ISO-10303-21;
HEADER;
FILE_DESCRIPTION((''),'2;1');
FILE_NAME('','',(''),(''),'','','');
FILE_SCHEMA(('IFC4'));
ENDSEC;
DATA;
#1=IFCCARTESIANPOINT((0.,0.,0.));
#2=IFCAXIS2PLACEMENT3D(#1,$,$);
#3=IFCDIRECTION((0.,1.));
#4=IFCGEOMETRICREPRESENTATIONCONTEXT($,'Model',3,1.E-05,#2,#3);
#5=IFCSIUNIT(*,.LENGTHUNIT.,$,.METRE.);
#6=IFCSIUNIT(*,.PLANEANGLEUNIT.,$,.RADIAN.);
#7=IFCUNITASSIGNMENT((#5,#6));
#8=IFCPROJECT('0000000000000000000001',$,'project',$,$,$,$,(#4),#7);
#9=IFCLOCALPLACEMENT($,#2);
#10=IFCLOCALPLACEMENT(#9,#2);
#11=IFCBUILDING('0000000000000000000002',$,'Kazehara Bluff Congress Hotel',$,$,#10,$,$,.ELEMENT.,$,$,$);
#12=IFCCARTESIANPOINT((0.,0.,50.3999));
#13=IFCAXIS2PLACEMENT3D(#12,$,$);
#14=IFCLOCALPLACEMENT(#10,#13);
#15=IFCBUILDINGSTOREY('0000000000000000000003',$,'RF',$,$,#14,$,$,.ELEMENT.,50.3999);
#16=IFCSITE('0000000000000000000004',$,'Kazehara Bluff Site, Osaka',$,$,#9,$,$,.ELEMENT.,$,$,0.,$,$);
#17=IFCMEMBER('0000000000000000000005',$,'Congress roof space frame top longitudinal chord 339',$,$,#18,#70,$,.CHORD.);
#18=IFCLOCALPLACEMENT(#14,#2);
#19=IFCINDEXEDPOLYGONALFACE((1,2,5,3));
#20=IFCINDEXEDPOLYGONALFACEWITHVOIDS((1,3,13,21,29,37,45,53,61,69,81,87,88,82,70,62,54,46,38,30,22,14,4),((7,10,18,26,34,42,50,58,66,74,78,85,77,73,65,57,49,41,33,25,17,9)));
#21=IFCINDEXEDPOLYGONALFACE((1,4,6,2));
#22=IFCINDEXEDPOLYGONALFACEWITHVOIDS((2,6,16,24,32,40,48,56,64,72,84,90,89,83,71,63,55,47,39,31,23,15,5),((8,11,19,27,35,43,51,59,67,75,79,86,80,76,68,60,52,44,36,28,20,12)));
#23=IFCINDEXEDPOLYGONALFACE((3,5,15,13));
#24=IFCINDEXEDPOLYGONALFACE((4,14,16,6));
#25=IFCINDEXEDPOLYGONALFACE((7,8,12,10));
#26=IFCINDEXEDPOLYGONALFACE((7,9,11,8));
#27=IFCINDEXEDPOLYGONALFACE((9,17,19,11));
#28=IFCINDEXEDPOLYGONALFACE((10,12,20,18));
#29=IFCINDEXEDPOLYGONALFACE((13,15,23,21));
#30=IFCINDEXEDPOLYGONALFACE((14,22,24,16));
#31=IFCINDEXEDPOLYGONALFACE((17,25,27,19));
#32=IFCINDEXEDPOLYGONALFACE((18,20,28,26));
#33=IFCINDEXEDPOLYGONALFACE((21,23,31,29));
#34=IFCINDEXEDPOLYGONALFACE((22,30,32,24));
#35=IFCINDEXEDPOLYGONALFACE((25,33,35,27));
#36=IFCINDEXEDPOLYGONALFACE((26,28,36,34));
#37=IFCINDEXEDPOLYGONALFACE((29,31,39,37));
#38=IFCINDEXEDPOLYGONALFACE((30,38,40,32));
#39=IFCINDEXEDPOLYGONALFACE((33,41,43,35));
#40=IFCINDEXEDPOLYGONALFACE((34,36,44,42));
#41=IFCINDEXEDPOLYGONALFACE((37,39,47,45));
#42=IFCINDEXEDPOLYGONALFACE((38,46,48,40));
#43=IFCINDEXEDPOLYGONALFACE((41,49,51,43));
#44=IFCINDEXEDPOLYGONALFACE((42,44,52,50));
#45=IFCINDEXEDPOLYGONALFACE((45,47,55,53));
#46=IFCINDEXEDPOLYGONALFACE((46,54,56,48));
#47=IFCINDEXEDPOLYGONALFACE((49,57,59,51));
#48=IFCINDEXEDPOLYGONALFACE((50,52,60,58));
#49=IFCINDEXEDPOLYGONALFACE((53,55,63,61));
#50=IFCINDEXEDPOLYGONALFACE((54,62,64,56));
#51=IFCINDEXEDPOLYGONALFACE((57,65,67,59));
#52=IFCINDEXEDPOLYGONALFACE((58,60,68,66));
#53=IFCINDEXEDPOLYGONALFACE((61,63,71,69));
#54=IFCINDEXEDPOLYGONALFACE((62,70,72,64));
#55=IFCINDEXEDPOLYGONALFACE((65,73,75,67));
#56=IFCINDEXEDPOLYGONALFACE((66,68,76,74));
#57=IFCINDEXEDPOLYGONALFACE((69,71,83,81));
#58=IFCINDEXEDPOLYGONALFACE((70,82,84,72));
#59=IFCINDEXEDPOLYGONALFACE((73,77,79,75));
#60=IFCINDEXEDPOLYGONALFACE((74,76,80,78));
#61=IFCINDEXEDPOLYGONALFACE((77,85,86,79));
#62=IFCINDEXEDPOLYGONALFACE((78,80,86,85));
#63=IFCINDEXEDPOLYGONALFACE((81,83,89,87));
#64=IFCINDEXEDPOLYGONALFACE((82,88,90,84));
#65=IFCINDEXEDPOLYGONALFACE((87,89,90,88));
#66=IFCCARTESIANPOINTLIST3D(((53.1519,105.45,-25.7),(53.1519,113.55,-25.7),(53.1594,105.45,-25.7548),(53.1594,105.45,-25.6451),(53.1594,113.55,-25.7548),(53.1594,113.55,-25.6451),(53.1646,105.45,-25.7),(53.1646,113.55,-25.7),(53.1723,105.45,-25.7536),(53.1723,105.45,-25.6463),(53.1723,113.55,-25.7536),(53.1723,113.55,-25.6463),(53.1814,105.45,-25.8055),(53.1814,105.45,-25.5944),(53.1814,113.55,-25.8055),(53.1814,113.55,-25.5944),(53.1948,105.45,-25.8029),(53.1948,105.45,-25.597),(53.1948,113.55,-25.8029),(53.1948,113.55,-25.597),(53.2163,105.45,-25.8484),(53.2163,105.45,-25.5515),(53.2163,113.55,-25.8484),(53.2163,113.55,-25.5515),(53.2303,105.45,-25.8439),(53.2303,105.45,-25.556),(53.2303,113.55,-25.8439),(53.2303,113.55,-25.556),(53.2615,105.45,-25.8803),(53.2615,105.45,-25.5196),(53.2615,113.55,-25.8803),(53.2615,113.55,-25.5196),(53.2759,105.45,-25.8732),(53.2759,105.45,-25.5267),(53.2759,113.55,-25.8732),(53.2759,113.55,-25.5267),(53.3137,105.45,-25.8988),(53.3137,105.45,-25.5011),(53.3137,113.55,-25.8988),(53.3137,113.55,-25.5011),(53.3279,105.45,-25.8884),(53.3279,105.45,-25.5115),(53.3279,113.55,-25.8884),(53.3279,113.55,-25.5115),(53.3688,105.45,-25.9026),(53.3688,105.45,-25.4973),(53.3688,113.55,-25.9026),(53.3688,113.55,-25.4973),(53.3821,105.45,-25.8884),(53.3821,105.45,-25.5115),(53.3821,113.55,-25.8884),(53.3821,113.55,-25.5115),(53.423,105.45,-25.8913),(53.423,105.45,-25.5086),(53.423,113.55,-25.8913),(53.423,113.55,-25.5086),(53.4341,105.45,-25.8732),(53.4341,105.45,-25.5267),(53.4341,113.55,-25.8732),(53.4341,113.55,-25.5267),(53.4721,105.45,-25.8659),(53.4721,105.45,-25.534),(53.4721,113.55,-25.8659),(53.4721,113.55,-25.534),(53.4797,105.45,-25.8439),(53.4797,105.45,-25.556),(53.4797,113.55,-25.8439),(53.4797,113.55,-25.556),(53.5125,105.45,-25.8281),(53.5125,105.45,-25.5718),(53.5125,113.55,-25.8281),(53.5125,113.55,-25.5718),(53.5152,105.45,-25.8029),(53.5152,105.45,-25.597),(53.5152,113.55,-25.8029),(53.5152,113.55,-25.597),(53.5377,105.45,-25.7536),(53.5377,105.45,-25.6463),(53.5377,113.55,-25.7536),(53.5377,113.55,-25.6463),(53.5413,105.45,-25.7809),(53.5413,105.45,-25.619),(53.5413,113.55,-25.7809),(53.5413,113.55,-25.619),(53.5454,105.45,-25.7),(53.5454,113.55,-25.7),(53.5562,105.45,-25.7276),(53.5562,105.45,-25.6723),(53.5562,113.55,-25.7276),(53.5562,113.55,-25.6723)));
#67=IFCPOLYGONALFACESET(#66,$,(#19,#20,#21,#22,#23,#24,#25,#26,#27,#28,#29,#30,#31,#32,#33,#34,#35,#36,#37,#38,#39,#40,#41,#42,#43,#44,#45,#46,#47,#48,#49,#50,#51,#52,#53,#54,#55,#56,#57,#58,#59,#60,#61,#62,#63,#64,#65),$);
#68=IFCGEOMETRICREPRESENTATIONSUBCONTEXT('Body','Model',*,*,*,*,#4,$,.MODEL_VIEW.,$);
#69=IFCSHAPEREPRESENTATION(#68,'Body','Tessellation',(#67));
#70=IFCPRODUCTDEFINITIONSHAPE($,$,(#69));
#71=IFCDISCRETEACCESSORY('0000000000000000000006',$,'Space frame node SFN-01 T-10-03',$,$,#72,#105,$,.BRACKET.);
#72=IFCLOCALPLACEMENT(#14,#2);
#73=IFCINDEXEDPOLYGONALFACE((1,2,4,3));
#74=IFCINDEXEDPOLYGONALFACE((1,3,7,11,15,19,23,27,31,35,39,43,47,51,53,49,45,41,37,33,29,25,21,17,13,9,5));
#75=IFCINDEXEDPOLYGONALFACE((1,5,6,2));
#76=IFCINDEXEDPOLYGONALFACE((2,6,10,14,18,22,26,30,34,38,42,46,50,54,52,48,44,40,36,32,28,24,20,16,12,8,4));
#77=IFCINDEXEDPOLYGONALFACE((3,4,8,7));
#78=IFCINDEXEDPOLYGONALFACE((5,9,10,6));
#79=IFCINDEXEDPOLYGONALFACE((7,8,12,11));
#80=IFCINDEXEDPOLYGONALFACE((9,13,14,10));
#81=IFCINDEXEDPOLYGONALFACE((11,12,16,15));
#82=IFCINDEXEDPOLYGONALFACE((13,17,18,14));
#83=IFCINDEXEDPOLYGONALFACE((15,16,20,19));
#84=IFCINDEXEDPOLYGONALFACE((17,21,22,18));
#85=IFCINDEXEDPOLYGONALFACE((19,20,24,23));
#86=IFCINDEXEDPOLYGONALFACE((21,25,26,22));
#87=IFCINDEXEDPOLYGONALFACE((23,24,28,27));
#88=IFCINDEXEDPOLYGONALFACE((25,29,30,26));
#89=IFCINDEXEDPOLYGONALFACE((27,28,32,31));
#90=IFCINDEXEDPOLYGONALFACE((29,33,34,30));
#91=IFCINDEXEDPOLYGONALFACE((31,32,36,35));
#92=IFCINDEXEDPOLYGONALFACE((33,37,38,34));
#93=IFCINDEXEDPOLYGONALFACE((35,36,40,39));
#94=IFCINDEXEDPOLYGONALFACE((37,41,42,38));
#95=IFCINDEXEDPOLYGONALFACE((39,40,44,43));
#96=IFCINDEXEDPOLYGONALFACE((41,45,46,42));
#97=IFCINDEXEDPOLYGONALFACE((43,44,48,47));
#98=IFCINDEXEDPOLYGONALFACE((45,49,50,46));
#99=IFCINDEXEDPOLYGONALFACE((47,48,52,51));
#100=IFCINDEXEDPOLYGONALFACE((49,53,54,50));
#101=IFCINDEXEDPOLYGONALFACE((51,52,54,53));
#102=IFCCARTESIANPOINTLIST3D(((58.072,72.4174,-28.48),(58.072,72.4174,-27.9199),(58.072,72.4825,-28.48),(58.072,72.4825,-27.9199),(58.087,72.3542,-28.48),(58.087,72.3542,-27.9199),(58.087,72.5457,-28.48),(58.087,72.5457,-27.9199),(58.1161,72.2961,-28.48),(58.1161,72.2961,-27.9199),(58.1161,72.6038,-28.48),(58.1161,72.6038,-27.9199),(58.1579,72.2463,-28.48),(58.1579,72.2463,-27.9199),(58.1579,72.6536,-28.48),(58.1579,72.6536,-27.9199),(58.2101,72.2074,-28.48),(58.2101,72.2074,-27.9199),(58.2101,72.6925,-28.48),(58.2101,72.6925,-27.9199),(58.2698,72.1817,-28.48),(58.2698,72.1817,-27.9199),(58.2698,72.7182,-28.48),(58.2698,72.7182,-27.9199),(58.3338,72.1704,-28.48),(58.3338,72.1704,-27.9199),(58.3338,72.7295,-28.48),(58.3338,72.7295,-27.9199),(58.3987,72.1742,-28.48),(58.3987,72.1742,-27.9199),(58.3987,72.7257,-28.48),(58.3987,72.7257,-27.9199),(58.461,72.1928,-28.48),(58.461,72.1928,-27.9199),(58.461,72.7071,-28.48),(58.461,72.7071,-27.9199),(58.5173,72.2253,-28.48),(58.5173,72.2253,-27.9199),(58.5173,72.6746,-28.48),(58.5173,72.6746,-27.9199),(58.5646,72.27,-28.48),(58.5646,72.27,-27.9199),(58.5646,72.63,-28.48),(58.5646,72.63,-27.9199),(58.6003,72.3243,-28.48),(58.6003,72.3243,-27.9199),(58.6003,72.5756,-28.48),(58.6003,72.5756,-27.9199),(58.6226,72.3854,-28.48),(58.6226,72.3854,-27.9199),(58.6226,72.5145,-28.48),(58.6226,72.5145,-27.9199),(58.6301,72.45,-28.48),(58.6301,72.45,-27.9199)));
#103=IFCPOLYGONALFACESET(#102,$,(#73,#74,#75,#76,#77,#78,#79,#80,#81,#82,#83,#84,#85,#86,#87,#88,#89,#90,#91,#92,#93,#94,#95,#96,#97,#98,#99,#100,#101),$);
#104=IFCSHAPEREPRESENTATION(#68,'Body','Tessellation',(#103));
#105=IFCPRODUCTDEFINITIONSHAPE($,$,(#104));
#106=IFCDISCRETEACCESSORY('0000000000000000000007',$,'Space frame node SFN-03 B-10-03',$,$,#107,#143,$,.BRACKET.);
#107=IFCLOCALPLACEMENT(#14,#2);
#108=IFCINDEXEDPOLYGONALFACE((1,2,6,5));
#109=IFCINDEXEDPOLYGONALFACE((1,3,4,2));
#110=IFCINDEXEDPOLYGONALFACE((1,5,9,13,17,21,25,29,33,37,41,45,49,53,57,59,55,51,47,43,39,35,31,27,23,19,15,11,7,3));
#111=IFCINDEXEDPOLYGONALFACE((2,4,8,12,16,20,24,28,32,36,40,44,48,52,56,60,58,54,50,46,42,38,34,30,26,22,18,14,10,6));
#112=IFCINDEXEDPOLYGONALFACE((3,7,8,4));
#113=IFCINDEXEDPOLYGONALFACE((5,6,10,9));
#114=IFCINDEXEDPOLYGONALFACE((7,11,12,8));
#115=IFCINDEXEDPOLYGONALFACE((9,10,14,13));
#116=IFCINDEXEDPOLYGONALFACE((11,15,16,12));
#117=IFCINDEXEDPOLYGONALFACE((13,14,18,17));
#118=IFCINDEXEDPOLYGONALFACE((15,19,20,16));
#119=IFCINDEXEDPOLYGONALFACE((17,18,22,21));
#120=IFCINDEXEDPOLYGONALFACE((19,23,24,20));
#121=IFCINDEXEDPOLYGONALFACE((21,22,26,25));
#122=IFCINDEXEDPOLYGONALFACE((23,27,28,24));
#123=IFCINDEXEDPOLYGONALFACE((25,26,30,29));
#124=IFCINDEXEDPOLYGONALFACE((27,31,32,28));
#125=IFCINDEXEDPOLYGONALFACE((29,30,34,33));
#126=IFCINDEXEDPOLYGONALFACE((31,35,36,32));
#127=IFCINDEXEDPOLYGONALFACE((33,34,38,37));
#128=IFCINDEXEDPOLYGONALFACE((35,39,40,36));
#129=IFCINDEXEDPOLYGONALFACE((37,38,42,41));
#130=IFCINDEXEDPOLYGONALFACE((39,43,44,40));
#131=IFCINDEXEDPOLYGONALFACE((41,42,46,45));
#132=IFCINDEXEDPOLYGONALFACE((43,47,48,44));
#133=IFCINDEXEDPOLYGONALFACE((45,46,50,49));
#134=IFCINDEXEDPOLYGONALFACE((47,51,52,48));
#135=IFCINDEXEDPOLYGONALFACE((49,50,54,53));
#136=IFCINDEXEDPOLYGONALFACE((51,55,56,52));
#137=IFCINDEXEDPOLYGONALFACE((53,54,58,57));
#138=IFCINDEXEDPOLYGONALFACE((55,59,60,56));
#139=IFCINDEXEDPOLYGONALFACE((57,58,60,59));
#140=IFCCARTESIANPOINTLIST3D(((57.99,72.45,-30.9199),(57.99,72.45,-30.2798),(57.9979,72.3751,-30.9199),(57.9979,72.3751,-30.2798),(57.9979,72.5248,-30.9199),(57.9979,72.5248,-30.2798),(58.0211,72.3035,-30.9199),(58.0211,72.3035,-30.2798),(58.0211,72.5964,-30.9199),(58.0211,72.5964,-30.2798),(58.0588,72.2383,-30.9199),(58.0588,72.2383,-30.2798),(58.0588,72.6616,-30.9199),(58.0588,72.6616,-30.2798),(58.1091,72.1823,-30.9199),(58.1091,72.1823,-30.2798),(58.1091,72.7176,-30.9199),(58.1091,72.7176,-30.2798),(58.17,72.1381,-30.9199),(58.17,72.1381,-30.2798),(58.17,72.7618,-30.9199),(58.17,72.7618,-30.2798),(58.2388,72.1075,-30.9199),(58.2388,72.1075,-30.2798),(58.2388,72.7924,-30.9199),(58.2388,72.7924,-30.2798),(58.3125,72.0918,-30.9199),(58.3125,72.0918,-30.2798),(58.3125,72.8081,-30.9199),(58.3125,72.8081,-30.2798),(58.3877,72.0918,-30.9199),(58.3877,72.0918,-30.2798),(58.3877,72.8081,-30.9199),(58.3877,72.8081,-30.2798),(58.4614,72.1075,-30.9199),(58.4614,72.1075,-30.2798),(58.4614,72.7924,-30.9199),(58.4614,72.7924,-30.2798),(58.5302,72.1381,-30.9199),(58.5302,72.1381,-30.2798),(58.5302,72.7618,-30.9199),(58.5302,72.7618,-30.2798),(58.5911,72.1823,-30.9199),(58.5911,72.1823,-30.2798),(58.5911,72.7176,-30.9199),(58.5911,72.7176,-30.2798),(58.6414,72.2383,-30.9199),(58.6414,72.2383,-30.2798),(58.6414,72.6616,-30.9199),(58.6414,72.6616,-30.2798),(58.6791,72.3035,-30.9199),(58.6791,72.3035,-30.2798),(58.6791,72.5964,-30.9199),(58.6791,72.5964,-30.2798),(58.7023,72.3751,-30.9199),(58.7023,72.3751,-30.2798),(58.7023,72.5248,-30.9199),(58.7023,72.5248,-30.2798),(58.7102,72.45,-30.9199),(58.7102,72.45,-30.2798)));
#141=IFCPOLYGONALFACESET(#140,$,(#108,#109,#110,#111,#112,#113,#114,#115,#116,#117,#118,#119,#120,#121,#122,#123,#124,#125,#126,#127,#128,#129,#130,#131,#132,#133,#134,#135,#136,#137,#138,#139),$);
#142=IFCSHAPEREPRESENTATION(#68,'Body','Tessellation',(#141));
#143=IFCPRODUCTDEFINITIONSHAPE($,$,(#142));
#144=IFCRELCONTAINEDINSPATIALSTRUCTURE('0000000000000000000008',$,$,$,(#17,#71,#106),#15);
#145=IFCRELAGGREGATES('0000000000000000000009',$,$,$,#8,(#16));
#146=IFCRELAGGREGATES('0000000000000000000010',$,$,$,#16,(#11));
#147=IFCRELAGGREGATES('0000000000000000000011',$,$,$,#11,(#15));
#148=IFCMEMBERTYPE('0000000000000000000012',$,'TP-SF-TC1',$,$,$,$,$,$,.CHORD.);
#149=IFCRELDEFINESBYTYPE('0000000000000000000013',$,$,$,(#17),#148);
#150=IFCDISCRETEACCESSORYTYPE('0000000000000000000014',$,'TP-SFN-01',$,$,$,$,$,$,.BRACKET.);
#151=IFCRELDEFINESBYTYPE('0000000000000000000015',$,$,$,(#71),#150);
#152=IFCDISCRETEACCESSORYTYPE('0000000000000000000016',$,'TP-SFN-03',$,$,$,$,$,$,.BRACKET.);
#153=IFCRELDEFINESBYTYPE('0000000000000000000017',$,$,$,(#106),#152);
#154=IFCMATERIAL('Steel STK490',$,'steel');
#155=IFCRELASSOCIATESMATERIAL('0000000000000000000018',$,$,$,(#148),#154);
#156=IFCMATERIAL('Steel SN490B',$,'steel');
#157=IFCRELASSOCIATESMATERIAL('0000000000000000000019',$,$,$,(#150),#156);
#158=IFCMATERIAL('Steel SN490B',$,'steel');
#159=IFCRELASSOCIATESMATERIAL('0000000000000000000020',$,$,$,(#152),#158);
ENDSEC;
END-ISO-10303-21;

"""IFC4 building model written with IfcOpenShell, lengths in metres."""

from ifc_helpers import new_model, si_unit, direction, frame, origin, origin_2d, place, context, subcontext, project, spatial, circle, hollow_circle, extrude, material, material_profile, profile_set, type_object, element, save


model = new_model("IFC4")

# Units and contexts
model_context = context("Model", 3, precision=1e-05, world=origin(), true_north=direction((0.0, 1.0)))
body_context = subcontext(model_context, "Body", "Model", "MODEL_VIEW")
ifc_project = project(units=[si_unit("LENGTHUNIT", "METRE"), si_unit("PLANEANGLEUNIT", "RADIAN")], contexts=[model_context])

# Site, building, storey
site_placement = place(None, origin())
site = spatial("IfcSite", under=ifc_project, at=site_placement, Name="Kazehara Bluff Site, Osaka", CompositionType="ELEMENT", RefElevation=0.0)
building_placement = place(site_placement, origin())
building = spatial("IfcBuilding", under=site, at=building_placement, Name="Kazehara Bluff Congress Hotel", CompositionType="ELEMENT")
storey_placement = place(building_placement, frame((0.0, 0.0, 50.3999)))
storey = spatial("IfcBuildingStorey", under=building, at=storey_placement, Name="RF", CompositionType="ELEMENT", Elevation=50.3999)

# Member
ifc_material_1 = material(Name="Steel STK490", Category="steel")
ifc_material_profile_1 = material_profile(ifc_material_1, hollow_circle(Radius=0.2031, WallThickness=0.0127, at=origin_2d()))
ifc_profile_set_1 = profile_set([ifc_material_profile_1], Name="Steel STK490")
member_type_1 = type_object("IfcMemberType", Name="TP-SF-TC1", PredefinedType="CHORD", material=ifc_profile_set_1)
member_1_placement = place(storey_placement, frame((53.355, 105.45, -25.7), z_axis=(0.0, 1.0, 0.0), x_axis=(-1.0, 0.0, 0.0)))
element("IfcMember", 1, at=member_1_placement, inside=storey, type_object=member_type_1, Name="Congress roof space frame top longitudinal chord 339", PredefinedType="CHORD", context=body_context, shape_type="SweptSolid", body=[
    extrude(hollow_circle(Radius=0.2031, WallThickness=0.0127, at=origin_2d()), origin(), (0.0, 0.0, 1.0), 8.1001),
])

# Discrete accessories
ifc_material_2 = material(Name="Steel SN490B", Category="steel")
ifc_material_profile_2 = material_profile(ifc_material_2, circle(Radius=0.28, at=origin_2d()))
ifc_profile_set_2 = profile_set([ifc_material_profile_2], Name="Steel SN490B")
discrete_accessory_type_1 = type_object("IfcDiscreteAccessoryType", Name="TP-SFN-01", PredefinedType="BRACKET", material=ifc_profile_set_2)
discrete_accessory_1_placement = place(storey_placement, frame((58.3501, 72.45, -28.48), z_axis=(0.0, 0.0, 1.0), x_axis=(1.0, 0.0, 0.0)))
element("IfcDiscreteAccessory", 2, at=discrete_accessory_1_placement, inside=storey, type_object=discrete_accessory_type_1, Name="Space frame node SFN-01 T-10-03", PredefinedType="BRACKET", context=body_context, shape_type="SweptSolid", body=[
    extrude(circle(Radius=0.28, at=origin_2d()), origin(), (0.0, 0.0, 1.0), 0.5601),
])
ifc_material_3 = material(Name="Steel SN490B", Category="steel")
ifc_material_profile_3 = material_profile(ifc_material_3, circle(Radius=0.3601, at=origin_2d()))
ifc_profile_set_3 = profile_set([ifc_material_profile_3], Name="Steel SN490B")
discrete_accessory_type_2 = type_object("IfcDiscreteAccessoryType", Name="TP-SFN-03", PredefinedType="BRACKET", material=ifc_profile_set_3)
discrete_accessory_2_placement = place(storey_placement, frame((58.3501, 72.45, -30.9199), z_axis=(0.0, 0.0, 1.0), x_axis=(1.0, 0.0, 0.0)))
element("IfcDiscreteAccessory", 3, at=discrete_accessory_2_placement, inside=storey, type_object=discrete_accessory_type_2, Name="Space frame node SFN-03 B-10-03", PredefinedType="BRACKET", context=body_context, shape_type="SweptSolid", body=[
    extrude(circle(Radius=0.3601, at=origin_2d()), origin(), (0.0, 0.0, 1.0), 0.6401),
])

save(model, "model.ifc")
